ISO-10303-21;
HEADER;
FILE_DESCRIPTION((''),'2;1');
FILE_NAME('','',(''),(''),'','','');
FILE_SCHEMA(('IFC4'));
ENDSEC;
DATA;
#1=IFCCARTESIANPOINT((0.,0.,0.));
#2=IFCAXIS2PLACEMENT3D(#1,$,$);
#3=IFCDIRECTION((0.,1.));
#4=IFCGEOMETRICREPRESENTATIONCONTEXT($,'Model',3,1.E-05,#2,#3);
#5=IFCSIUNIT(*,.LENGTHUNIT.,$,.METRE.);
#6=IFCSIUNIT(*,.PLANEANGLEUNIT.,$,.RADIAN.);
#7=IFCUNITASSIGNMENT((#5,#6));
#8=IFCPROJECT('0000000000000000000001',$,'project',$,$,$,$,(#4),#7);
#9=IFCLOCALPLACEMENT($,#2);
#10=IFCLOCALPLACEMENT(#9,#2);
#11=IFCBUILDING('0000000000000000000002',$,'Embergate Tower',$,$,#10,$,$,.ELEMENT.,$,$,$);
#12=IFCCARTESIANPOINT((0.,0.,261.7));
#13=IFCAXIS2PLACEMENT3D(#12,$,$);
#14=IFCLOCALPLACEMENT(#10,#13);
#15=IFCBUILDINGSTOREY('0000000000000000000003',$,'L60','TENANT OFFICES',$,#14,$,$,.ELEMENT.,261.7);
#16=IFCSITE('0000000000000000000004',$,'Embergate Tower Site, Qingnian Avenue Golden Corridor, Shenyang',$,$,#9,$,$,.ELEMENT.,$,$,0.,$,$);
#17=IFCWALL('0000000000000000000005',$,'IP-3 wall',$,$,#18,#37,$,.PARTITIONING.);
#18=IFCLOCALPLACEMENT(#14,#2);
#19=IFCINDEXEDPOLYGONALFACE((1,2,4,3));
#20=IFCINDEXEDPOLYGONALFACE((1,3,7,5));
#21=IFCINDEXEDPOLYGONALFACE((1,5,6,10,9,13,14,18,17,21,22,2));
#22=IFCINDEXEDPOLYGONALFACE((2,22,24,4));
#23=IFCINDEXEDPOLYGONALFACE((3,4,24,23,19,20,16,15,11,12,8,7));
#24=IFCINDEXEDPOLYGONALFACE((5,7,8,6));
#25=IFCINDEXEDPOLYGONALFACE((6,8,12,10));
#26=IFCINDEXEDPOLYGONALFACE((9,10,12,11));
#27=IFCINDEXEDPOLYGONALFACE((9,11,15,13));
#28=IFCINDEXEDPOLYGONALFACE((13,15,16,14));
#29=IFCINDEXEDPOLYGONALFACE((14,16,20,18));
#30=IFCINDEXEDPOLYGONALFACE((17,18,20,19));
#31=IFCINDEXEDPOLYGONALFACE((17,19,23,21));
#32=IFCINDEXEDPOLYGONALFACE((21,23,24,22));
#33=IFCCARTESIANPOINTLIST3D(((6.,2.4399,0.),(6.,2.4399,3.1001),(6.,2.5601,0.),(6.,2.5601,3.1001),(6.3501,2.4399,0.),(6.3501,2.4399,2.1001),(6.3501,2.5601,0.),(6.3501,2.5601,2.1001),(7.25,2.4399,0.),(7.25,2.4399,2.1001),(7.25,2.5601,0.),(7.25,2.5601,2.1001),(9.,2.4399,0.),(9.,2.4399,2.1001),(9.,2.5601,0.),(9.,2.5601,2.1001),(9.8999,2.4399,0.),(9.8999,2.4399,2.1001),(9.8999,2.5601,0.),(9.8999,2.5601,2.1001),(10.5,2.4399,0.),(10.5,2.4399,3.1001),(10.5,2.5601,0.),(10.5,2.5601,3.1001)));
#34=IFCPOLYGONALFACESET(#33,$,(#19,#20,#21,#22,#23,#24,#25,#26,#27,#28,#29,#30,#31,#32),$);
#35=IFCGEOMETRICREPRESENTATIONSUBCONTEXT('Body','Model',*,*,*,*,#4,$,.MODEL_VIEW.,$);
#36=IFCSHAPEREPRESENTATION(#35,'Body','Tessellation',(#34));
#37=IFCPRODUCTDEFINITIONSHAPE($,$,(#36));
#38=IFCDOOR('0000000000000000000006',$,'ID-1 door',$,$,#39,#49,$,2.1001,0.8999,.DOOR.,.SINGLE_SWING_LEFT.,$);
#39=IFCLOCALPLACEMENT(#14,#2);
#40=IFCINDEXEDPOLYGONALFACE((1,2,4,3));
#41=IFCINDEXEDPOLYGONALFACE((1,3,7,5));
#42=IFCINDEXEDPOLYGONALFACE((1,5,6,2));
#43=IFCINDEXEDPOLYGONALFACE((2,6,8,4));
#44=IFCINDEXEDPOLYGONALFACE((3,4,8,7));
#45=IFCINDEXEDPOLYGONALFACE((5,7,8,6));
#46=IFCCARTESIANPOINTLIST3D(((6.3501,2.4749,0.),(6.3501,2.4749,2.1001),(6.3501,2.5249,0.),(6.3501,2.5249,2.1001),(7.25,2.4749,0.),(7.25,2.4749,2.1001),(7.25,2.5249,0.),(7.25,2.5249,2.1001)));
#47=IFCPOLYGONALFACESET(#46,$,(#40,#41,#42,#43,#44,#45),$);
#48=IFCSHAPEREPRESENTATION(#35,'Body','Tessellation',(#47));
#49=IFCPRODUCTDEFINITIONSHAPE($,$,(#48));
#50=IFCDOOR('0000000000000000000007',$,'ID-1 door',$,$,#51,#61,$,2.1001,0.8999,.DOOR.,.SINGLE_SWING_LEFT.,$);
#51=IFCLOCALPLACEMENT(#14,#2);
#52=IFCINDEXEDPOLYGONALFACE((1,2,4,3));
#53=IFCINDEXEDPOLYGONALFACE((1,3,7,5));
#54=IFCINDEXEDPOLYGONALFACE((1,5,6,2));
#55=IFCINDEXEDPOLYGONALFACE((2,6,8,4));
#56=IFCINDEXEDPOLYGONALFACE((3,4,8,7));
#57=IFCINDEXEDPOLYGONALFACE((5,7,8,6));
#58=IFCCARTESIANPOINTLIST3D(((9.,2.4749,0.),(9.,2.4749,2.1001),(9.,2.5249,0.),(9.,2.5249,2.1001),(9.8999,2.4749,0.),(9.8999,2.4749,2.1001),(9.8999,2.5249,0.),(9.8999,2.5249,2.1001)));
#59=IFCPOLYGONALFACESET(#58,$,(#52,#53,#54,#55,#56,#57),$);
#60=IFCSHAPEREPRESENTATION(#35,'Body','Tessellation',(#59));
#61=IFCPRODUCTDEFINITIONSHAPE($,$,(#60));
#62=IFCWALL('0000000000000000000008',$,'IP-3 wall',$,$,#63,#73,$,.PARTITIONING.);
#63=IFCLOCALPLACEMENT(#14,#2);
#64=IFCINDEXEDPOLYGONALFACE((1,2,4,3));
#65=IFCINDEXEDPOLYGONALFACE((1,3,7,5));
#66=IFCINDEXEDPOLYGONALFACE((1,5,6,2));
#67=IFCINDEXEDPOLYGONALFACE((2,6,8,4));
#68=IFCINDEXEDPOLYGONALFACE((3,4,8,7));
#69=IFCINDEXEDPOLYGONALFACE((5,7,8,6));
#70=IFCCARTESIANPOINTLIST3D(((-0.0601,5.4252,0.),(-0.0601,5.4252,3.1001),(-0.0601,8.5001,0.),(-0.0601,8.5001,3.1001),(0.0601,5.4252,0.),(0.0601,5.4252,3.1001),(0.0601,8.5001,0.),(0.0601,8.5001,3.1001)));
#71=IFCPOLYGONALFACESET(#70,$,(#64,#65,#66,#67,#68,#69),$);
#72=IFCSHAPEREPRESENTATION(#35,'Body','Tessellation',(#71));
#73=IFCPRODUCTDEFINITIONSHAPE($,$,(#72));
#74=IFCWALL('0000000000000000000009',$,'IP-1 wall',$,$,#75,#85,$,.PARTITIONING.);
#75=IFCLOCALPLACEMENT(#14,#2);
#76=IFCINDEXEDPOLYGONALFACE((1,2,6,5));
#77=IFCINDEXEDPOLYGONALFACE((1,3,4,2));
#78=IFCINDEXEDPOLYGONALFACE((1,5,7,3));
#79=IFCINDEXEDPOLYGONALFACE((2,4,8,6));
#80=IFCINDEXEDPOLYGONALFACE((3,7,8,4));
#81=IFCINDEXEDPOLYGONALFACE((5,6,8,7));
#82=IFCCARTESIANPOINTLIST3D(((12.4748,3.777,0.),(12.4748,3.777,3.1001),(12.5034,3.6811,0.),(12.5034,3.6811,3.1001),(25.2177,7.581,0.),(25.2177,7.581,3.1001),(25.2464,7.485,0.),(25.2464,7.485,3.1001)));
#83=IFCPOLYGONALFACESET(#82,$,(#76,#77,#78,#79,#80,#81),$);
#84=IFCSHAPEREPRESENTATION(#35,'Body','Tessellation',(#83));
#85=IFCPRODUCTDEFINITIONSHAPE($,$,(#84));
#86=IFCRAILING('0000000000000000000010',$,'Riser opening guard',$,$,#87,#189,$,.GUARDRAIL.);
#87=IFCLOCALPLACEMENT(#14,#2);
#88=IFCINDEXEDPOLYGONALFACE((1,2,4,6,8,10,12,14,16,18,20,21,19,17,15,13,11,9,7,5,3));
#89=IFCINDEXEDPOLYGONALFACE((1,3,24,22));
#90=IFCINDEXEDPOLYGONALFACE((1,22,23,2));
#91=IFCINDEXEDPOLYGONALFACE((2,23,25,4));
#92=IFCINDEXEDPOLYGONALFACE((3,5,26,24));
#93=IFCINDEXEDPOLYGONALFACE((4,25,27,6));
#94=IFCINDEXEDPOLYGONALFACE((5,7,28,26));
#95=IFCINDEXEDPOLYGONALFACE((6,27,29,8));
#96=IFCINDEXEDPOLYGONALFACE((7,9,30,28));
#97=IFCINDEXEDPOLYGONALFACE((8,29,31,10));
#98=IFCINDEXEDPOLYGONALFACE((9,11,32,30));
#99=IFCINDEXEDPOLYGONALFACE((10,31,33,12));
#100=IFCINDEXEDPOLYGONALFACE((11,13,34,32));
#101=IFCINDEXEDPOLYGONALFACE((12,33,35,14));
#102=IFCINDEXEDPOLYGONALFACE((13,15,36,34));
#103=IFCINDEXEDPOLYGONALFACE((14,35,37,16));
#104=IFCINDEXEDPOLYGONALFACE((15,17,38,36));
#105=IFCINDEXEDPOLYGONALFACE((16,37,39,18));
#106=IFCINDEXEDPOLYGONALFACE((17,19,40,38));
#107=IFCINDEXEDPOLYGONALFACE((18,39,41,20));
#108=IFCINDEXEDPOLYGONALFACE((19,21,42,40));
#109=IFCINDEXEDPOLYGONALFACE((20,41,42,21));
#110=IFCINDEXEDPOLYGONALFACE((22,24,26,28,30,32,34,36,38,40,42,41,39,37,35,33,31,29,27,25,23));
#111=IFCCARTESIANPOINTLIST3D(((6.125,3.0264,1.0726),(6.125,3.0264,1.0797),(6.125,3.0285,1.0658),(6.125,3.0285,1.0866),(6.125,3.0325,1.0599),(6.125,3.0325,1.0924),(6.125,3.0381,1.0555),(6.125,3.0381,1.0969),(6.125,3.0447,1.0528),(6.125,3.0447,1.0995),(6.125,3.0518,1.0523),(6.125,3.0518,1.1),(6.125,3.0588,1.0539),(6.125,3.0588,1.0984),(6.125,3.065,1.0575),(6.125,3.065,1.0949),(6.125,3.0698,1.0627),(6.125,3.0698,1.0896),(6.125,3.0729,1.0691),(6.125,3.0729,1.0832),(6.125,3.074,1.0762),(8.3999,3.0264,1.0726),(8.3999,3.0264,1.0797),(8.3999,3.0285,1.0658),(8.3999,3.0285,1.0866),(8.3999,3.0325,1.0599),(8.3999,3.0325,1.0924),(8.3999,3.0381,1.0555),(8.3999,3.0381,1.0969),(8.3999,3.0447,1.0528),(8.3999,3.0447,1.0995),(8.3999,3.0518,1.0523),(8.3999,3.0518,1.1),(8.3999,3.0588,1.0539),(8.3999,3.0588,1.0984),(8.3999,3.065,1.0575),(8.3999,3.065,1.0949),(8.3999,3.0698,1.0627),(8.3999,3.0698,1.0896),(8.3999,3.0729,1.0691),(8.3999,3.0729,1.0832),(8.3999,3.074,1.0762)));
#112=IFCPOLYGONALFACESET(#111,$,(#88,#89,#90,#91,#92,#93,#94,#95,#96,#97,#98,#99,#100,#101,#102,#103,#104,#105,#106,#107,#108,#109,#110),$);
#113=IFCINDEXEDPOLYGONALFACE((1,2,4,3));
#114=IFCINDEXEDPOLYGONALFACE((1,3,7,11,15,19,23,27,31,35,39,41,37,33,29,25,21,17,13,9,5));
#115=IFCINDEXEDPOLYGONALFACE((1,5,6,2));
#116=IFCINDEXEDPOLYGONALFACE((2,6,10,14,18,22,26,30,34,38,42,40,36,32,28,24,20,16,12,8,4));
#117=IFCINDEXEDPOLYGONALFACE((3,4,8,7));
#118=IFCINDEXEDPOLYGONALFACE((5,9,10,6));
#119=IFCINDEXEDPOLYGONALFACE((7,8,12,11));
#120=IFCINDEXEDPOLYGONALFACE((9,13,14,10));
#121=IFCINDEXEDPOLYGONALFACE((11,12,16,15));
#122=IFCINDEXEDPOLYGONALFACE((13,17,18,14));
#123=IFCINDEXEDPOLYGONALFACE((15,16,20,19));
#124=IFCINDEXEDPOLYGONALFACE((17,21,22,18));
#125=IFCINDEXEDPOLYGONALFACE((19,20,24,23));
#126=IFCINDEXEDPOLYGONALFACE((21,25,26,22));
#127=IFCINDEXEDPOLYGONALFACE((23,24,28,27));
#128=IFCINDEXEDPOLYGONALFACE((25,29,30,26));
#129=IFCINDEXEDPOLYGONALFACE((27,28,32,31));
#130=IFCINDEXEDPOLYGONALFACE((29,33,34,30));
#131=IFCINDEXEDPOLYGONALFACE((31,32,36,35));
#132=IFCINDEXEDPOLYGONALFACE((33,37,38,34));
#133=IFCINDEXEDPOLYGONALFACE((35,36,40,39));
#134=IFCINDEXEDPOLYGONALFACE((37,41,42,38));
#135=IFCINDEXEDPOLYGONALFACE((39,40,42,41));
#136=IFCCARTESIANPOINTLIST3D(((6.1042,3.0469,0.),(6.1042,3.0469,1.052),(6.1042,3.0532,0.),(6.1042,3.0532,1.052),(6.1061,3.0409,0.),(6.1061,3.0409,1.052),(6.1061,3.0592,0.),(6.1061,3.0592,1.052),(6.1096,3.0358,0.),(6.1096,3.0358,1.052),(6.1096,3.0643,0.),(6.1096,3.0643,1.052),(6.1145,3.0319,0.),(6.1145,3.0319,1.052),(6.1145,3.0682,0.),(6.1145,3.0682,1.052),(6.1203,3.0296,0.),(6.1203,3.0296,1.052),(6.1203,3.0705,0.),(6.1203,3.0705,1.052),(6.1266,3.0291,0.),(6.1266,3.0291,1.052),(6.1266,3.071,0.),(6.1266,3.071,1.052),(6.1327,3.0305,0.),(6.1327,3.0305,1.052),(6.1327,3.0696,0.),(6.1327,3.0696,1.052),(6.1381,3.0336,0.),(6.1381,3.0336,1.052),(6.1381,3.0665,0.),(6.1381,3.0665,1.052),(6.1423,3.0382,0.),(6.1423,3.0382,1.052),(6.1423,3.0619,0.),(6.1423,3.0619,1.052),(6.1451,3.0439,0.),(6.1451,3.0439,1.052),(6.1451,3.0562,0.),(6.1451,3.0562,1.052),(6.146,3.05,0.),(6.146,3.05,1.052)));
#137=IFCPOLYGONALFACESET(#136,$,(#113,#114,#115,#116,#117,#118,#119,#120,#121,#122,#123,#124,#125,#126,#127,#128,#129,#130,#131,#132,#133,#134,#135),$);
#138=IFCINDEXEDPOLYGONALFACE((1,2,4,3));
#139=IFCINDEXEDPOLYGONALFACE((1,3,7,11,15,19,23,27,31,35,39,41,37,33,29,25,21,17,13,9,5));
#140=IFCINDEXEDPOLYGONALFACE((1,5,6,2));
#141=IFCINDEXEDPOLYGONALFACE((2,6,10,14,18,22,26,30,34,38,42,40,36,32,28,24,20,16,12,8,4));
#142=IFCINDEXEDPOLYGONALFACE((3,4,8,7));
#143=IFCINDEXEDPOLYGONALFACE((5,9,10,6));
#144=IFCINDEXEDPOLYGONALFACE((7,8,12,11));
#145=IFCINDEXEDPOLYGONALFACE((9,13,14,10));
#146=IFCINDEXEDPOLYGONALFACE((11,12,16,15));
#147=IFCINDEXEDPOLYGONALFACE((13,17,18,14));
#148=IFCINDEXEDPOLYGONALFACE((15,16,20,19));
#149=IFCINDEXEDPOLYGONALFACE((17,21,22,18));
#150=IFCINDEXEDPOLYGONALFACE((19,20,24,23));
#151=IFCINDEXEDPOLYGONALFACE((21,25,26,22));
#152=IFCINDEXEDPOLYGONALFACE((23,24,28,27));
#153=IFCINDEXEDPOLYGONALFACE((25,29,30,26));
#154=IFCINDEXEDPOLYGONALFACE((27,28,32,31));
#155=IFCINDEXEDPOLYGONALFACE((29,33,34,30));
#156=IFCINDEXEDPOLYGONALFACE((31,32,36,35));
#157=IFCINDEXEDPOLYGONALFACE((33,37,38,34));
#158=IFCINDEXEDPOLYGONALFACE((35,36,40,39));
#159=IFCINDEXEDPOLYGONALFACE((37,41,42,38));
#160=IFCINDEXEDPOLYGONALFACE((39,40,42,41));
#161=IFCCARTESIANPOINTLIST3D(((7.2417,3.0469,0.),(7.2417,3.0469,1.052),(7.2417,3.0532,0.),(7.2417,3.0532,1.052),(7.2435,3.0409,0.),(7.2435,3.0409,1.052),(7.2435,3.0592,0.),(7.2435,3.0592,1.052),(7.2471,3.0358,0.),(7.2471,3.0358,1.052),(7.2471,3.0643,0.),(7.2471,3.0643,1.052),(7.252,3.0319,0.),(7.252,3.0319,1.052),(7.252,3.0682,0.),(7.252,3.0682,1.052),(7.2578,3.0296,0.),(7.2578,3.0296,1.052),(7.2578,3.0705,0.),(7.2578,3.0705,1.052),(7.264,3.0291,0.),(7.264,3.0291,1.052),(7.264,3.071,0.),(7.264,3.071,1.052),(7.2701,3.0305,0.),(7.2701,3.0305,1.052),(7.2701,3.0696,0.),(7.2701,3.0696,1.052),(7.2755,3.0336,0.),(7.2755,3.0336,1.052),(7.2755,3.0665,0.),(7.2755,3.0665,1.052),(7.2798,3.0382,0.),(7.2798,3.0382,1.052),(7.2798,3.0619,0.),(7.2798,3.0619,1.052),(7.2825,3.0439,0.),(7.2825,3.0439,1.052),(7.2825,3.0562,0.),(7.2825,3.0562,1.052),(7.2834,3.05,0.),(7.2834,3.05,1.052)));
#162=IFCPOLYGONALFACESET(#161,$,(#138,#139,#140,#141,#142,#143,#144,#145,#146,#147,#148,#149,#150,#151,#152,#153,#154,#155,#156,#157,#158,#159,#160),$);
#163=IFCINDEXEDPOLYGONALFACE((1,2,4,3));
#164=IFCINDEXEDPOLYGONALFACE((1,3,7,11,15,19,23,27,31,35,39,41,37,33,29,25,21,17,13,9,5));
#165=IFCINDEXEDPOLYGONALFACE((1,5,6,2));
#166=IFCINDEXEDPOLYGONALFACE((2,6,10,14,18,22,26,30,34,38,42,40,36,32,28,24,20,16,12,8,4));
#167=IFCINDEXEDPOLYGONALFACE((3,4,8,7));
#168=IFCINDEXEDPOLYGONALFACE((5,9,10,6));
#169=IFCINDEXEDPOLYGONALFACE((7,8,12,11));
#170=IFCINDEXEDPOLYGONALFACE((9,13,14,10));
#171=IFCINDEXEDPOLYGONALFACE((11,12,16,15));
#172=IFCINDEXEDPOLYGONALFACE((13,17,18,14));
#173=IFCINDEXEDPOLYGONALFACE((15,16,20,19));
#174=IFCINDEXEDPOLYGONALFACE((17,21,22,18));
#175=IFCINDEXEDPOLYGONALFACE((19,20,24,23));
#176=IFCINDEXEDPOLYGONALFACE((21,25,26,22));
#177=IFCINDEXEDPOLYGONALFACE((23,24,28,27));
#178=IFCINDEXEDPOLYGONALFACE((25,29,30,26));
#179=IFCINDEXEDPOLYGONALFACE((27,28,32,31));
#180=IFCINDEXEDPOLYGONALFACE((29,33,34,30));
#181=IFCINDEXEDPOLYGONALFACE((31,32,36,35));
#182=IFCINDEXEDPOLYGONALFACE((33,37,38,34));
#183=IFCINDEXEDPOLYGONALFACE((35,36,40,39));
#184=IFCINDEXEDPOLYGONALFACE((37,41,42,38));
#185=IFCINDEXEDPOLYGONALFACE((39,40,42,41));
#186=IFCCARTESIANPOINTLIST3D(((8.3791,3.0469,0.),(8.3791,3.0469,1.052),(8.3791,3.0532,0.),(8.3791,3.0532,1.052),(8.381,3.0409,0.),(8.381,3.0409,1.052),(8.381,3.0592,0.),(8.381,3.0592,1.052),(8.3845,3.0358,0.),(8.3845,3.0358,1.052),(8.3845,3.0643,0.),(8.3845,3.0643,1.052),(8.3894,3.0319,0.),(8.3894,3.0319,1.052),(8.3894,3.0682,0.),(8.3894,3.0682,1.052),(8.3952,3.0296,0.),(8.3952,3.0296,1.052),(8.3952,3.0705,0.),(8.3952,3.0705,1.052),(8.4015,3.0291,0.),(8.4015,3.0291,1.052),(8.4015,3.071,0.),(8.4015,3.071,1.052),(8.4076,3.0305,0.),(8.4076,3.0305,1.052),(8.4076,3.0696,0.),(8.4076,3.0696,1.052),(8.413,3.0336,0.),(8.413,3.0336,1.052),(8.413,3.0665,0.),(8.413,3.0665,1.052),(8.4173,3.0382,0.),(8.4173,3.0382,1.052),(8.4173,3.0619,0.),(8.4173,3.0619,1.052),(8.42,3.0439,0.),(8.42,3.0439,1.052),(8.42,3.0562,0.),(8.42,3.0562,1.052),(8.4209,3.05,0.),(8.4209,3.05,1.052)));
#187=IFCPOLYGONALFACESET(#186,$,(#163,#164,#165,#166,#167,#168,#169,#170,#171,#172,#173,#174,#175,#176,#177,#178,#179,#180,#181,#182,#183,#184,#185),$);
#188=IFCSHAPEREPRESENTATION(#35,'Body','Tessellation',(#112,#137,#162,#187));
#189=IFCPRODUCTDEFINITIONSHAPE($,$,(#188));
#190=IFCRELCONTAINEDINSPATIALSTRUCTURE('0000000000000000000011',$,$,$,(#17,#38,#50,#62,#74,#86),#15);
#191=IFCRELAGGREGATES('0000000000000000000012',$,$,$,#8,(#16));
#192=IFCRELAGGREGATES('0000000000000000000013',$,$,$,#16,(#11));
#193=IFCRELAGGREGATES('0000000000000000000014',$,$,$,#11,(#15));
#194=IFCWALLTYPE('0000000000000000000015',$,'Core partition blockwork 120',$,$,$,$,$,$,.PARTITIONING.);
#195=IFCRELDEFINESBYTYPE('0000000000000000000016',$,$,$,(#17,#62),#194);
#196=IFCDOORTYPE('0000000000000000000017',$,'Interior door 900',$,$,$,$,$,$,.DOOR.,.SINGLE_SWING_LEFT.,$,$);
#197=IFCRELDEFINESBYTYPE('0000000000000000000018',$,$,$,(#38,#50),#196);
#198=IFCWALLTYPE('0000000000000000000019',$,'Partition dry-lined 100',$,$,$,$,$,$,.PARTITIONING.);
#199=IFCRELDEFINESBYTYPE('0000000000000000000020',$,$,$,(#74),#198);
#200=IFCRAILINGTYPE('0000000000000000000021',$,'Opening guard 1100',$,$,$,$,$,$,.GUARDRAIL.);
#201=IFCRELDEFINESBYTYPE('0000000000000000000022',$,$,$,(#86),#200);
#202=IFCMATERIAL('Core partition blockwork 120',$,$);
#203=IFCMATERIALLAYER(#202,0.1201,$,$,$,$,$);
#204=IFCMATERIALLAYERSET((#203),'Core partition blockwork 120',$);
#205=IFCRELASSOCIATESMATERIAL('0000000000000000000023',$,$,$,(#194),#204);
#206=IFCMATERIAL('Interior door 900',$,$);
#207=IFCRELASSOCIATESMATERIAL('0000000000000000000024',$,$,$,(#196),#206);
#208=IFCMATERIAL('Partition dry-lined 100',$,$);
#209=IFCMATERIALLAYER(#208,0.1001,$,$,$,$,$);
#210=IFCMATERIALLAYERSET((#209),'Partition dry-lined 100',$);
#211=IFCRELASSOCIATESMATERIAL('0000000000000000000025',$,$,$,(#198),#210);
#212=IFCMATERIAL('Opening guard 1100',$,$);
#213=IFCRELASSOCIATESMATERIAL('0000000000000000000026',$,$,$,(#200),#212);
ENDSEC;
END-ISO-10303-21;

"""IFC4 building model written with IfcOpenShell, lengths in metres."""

from ifc_helpers import new_model, si_unit, direction, frame, frame_2d, origin, origin_2d, place, context, subcontext, project, spatial, rectangle, circle, extrude, source, transform, mapped, material, layer, layer_set, type_object, element, fill, save


model = new_model("IFC4")

# Units and contexts
model_context = context("Model", 3, precision=1e-05, world=origin(), true_north=direction((0.0, 1.0)))
body_context = subcontext(model_context, "Body", "Model", "MODEL_VIEW")
ifc_project = project(units=[si_unit("LENGTHUNIT", "METRE"), si_unit("PLANEANGLEUNIT", "RADIAN")], contexts=[model_context])

# Site, building, storey
site_placement = place(None, origin())
site = spatial("IfcSite", under=ifc_project, at=site_placement, Name="Embergate Tower Site, Qingnian Avenue Golden Corridor, Shenyang", CompositionType="ELEMENT", RefElevation=0.0)
building_placement = place(site_placement, origin())
building = spatial("IfcBuilding", under=site, at=building_placement, Name="Embergate Tower", CompositionType="ELEMENT")
storey_placement = place(building_placement, frame((0.0, 0.0, 261.7)))
storey = spatial("IfcBuildingStorey", under=building, at=storey_placement, Name="L60", Description="TENANT OFFICES", CompositionType="ELEMENT", Elevation=261.7)

# Shared definitions
ifc_material_1 = material(Name="Core partition blockwork 120")
ifc_layer_1 = layer(ifc_material_1, 0.1201)
ifc_layer_set_1 = layer_set([ifc_layer_1], Name="Core partition blockwork 120")
wall_type_1 = type_object("IfcWallType", Name="Core partition blockwork 120", PredefinedType="PARTITIONING", material=ifc_layer_set_1)

# Wall, openings, doors
shared_shape_1 = source(origin(), body_context, "Body", "SweptSolid", [
    extrude(rectangle(XDim=4.5, YDim=0.1201, at=frame_2d((2.25, 0.0))), origin(), (0.0, 0.0, 1.0), 3.1001),
])
wall_1_placement = place(storey_placement, frame((6.0, 2.5, 0.0), z_axis=(0.0, 0.0, 1.0), x_axis=(1.0, 0.0, 0.0)))
wall_1 = element("IfcWall", 1, at=wall_1_placement, inside=storey, type_object=wall_type_1, Name="IP-3 wall", PredefinedType="PARTITIONING", context=body_context, shape_type="MappedRepresentation", body=[
    mapped(shared_shape_1, transform((0.0, 0.0, 0.0))),
])
shared_shape_2 = source(origin(), body_context, "Body", "SweptSolid", [
    extrude(rectangle(XDim=0.8999, YDim=2.1001, at=frame_2d((0.45, 1.05))), frame((0.0, 0.0701, 0.0), z_axis=(0.0, -1.0, 0.0), x_axis=(1.0, 0.0, 0.0)), (0.0, 0.0, 1.0), 0.1401),
])
opening_1_placement = place(wall_1_placement, frame((0.3501, 0.0, 0.0)))
opening_1 = element("IfcOpeningElement", 2, at=opening_1_placement, cuts=wall_1, PredefinedType="OPENING", context=body_context, shape_type="MappedRepresentation", body=[
    mapped(shared_shape_2, transform((0.0, 0.0, 0.0))),
])
opening_2_placement = place(wall_1_placement, frame((3.0, 0.0, 0.0)))
opening_2 = element("IfcOpeningElement", 3, at=opening_2_placement, cuts=wall_1, PredefinedType="OPENING", context=body_context, shape_type="MappedRepresentation", body=[
    mapped(shared_shape_2, transform((0.0, 0.0, 0.0))),
])
ifc_material_2 = material(Name="Interior door 900")
door_type_1 = type_object("IfcDoorType", Name="Interior door 900", OperationType="SINGLE_SWING_LEFT", PredefinedType="DOOR", material=ifc_material_2)
shared_shape_3 = source(origin(), body_context, "Body", "SweptSolid", [
    extrude(rectangle(XDim=0.8999, YDim=2.1001, at=frame_2d((0.45, 1.05))), frame((0.0, 0.0249, 0.0), z_axis=(0.0, -1.0, 0.0), x_axis=(1.0, 0.0, 0.0)), (0.0, 0.0, 1.0), 0.05),
])
door_1_placement = place(opening_1_placement, origin())
door_1 = element("IfcDoor", 4, at=door_1_placement, inside=storey, type_object=door_type_1, Name="ID-1 door", OperationType="SINGLE_SWING_LEFT", OverallHeight=2.1001, OverallWidth=0.8999, PredefinedType="DOOR", context=body_context, shape_type="MappedRepresentation", body=[
    mapped(shared_shape_3, transform((0.0, 0.0, 0.0))),
])
fill(opening_1, door_1)
door_2_placement = place(opening_2_placement, origin())
door_2 = element("IfcDoor", 5, at=door_2_placement, inside=storey, type_object=door_type_1, Name="ID-1 door", OperationType="SINGLE_SWING_LEFT", OverallHeight=2.1001, OverallWidth=0.8999, PredefinedType="DOOR", context=body_context, shape_type="MappedRepresentation", body=[
    mapped(shared_shape_3, transform((0.0, 0.0, 0.0))),
])
fill(opening_2, door_2)

# Walls
shared_shape_4 = source(origin(), body_context, "Body", "SweptSolid", [
    extrude(rectangle(XDim=3.075, YDim=0.1201, at=frame_2d((1.5376, 0.0))), origin(), (0.0, 0.0, 1.0), 3.1001),
])
wall_2_placement = place(storey_placement, frame((0.0, 5.425, 0.0), z_axis=(0.0, 0.0, 1.0), x_axis=(0.0, 1.0, 0.0)))
element("IfcWall", 6, at=wall_2_placement, inside=storey, type_object=wall_type_1, Name="IP-3 wall", PredefinedType="PARTITIONING", context=body_context, shape_type="MappedRepresentation", body=[
    mapped(shared_shape_4, transform((0.0, 0.0, 0.0))),
])
ifc_material_3 = material(Name="Partition dry-lined 100")
ifc_layer_2 = layer(ifc_material_3, 0.1001)
ifc_layer_set_2 = layer_set([ifc_layer_2], Name="Partition dry-lined 100")
wall_type_2 = type_object("IfcWallType", Name="Partition dry-lined 100", PredefinedType="PARTITIONING", material=ifc_layer_set_2)
shared_shape_5 = source(origin(), body_context, "Body", "SweptSolid", [
    extrude(rectangle(XDim=13.2986, YDim=0.1001, at=frame_2d((6.6494, 0.0))), origin(), (0.0, 0.0, 1.0), 3.1001),
])
wall_3_placement = place(storey_placement, frame((12.489, 3.729, 0.0), z_axis=(0.0, 0.0, 1.0), x_axis=(0.958217, 0.286042, 0.0)))
element("IfcWall", 7, at=wall_3_placement, inside=storey, type_object=wall_type_2, Name="IP-1 wall", PredefinedType="PARTITIONING", context=body_context, shape_type="MappedRepresentation", body=[
    mapped(shared_shape_5, transform((0.0, 0.0, 0.0))),
])

# Railing
ifc_material_4 = material(Name="Opening guard 1100")
railing_type = type_object("IfcRailingType", Name="Opening guard 1100", PredefinedType="GUARDRAIL", material=ifc_material_4)
shared_shape_6 = source(origin(), body_context, "Body", "SweptSolid", [
    extrude(circle(Radius=0.0239, at=origin_2d()), frame((0.0, 0.0, 1.0762), z_axis=(1.0, 0.0, 0.0), x_axis=(0.0, 1.0, 0.0)), (0.0, 0.0, 1.0), 2.2749),
    extrude(circle(Radius=0.021, at=origin_2d()), origin(), (0.0, 0.0, 1.0), 1.052),
    extrude(circle(Radius=0.021, at=origin_2d()), frame((1.1375, 0.0, 0.0)), (0.0, 0.0, 1.0), 1.052),
    extrude(circle(Radius=0.021, at=origin_2d()), frame((2.2749, 0.0, 0.0)), (0.0, 0.0, 1.0), 1.052),
])
railing_placement = place(storey_placement, frame((6.125, 3.05, 0.0)))
element("IfcRailing", 8, at=railing_placement, inside=storey, type_object=railing_type, Name="Riser opening guard", PredefinedType="GUARDRAIL", context=body_context, shape_type="MappedRepresentation", body=[
    mapped(shared_shape_6, transform((0.0, 0.0, 0.0))),
])

save(model, "model.ifc")
